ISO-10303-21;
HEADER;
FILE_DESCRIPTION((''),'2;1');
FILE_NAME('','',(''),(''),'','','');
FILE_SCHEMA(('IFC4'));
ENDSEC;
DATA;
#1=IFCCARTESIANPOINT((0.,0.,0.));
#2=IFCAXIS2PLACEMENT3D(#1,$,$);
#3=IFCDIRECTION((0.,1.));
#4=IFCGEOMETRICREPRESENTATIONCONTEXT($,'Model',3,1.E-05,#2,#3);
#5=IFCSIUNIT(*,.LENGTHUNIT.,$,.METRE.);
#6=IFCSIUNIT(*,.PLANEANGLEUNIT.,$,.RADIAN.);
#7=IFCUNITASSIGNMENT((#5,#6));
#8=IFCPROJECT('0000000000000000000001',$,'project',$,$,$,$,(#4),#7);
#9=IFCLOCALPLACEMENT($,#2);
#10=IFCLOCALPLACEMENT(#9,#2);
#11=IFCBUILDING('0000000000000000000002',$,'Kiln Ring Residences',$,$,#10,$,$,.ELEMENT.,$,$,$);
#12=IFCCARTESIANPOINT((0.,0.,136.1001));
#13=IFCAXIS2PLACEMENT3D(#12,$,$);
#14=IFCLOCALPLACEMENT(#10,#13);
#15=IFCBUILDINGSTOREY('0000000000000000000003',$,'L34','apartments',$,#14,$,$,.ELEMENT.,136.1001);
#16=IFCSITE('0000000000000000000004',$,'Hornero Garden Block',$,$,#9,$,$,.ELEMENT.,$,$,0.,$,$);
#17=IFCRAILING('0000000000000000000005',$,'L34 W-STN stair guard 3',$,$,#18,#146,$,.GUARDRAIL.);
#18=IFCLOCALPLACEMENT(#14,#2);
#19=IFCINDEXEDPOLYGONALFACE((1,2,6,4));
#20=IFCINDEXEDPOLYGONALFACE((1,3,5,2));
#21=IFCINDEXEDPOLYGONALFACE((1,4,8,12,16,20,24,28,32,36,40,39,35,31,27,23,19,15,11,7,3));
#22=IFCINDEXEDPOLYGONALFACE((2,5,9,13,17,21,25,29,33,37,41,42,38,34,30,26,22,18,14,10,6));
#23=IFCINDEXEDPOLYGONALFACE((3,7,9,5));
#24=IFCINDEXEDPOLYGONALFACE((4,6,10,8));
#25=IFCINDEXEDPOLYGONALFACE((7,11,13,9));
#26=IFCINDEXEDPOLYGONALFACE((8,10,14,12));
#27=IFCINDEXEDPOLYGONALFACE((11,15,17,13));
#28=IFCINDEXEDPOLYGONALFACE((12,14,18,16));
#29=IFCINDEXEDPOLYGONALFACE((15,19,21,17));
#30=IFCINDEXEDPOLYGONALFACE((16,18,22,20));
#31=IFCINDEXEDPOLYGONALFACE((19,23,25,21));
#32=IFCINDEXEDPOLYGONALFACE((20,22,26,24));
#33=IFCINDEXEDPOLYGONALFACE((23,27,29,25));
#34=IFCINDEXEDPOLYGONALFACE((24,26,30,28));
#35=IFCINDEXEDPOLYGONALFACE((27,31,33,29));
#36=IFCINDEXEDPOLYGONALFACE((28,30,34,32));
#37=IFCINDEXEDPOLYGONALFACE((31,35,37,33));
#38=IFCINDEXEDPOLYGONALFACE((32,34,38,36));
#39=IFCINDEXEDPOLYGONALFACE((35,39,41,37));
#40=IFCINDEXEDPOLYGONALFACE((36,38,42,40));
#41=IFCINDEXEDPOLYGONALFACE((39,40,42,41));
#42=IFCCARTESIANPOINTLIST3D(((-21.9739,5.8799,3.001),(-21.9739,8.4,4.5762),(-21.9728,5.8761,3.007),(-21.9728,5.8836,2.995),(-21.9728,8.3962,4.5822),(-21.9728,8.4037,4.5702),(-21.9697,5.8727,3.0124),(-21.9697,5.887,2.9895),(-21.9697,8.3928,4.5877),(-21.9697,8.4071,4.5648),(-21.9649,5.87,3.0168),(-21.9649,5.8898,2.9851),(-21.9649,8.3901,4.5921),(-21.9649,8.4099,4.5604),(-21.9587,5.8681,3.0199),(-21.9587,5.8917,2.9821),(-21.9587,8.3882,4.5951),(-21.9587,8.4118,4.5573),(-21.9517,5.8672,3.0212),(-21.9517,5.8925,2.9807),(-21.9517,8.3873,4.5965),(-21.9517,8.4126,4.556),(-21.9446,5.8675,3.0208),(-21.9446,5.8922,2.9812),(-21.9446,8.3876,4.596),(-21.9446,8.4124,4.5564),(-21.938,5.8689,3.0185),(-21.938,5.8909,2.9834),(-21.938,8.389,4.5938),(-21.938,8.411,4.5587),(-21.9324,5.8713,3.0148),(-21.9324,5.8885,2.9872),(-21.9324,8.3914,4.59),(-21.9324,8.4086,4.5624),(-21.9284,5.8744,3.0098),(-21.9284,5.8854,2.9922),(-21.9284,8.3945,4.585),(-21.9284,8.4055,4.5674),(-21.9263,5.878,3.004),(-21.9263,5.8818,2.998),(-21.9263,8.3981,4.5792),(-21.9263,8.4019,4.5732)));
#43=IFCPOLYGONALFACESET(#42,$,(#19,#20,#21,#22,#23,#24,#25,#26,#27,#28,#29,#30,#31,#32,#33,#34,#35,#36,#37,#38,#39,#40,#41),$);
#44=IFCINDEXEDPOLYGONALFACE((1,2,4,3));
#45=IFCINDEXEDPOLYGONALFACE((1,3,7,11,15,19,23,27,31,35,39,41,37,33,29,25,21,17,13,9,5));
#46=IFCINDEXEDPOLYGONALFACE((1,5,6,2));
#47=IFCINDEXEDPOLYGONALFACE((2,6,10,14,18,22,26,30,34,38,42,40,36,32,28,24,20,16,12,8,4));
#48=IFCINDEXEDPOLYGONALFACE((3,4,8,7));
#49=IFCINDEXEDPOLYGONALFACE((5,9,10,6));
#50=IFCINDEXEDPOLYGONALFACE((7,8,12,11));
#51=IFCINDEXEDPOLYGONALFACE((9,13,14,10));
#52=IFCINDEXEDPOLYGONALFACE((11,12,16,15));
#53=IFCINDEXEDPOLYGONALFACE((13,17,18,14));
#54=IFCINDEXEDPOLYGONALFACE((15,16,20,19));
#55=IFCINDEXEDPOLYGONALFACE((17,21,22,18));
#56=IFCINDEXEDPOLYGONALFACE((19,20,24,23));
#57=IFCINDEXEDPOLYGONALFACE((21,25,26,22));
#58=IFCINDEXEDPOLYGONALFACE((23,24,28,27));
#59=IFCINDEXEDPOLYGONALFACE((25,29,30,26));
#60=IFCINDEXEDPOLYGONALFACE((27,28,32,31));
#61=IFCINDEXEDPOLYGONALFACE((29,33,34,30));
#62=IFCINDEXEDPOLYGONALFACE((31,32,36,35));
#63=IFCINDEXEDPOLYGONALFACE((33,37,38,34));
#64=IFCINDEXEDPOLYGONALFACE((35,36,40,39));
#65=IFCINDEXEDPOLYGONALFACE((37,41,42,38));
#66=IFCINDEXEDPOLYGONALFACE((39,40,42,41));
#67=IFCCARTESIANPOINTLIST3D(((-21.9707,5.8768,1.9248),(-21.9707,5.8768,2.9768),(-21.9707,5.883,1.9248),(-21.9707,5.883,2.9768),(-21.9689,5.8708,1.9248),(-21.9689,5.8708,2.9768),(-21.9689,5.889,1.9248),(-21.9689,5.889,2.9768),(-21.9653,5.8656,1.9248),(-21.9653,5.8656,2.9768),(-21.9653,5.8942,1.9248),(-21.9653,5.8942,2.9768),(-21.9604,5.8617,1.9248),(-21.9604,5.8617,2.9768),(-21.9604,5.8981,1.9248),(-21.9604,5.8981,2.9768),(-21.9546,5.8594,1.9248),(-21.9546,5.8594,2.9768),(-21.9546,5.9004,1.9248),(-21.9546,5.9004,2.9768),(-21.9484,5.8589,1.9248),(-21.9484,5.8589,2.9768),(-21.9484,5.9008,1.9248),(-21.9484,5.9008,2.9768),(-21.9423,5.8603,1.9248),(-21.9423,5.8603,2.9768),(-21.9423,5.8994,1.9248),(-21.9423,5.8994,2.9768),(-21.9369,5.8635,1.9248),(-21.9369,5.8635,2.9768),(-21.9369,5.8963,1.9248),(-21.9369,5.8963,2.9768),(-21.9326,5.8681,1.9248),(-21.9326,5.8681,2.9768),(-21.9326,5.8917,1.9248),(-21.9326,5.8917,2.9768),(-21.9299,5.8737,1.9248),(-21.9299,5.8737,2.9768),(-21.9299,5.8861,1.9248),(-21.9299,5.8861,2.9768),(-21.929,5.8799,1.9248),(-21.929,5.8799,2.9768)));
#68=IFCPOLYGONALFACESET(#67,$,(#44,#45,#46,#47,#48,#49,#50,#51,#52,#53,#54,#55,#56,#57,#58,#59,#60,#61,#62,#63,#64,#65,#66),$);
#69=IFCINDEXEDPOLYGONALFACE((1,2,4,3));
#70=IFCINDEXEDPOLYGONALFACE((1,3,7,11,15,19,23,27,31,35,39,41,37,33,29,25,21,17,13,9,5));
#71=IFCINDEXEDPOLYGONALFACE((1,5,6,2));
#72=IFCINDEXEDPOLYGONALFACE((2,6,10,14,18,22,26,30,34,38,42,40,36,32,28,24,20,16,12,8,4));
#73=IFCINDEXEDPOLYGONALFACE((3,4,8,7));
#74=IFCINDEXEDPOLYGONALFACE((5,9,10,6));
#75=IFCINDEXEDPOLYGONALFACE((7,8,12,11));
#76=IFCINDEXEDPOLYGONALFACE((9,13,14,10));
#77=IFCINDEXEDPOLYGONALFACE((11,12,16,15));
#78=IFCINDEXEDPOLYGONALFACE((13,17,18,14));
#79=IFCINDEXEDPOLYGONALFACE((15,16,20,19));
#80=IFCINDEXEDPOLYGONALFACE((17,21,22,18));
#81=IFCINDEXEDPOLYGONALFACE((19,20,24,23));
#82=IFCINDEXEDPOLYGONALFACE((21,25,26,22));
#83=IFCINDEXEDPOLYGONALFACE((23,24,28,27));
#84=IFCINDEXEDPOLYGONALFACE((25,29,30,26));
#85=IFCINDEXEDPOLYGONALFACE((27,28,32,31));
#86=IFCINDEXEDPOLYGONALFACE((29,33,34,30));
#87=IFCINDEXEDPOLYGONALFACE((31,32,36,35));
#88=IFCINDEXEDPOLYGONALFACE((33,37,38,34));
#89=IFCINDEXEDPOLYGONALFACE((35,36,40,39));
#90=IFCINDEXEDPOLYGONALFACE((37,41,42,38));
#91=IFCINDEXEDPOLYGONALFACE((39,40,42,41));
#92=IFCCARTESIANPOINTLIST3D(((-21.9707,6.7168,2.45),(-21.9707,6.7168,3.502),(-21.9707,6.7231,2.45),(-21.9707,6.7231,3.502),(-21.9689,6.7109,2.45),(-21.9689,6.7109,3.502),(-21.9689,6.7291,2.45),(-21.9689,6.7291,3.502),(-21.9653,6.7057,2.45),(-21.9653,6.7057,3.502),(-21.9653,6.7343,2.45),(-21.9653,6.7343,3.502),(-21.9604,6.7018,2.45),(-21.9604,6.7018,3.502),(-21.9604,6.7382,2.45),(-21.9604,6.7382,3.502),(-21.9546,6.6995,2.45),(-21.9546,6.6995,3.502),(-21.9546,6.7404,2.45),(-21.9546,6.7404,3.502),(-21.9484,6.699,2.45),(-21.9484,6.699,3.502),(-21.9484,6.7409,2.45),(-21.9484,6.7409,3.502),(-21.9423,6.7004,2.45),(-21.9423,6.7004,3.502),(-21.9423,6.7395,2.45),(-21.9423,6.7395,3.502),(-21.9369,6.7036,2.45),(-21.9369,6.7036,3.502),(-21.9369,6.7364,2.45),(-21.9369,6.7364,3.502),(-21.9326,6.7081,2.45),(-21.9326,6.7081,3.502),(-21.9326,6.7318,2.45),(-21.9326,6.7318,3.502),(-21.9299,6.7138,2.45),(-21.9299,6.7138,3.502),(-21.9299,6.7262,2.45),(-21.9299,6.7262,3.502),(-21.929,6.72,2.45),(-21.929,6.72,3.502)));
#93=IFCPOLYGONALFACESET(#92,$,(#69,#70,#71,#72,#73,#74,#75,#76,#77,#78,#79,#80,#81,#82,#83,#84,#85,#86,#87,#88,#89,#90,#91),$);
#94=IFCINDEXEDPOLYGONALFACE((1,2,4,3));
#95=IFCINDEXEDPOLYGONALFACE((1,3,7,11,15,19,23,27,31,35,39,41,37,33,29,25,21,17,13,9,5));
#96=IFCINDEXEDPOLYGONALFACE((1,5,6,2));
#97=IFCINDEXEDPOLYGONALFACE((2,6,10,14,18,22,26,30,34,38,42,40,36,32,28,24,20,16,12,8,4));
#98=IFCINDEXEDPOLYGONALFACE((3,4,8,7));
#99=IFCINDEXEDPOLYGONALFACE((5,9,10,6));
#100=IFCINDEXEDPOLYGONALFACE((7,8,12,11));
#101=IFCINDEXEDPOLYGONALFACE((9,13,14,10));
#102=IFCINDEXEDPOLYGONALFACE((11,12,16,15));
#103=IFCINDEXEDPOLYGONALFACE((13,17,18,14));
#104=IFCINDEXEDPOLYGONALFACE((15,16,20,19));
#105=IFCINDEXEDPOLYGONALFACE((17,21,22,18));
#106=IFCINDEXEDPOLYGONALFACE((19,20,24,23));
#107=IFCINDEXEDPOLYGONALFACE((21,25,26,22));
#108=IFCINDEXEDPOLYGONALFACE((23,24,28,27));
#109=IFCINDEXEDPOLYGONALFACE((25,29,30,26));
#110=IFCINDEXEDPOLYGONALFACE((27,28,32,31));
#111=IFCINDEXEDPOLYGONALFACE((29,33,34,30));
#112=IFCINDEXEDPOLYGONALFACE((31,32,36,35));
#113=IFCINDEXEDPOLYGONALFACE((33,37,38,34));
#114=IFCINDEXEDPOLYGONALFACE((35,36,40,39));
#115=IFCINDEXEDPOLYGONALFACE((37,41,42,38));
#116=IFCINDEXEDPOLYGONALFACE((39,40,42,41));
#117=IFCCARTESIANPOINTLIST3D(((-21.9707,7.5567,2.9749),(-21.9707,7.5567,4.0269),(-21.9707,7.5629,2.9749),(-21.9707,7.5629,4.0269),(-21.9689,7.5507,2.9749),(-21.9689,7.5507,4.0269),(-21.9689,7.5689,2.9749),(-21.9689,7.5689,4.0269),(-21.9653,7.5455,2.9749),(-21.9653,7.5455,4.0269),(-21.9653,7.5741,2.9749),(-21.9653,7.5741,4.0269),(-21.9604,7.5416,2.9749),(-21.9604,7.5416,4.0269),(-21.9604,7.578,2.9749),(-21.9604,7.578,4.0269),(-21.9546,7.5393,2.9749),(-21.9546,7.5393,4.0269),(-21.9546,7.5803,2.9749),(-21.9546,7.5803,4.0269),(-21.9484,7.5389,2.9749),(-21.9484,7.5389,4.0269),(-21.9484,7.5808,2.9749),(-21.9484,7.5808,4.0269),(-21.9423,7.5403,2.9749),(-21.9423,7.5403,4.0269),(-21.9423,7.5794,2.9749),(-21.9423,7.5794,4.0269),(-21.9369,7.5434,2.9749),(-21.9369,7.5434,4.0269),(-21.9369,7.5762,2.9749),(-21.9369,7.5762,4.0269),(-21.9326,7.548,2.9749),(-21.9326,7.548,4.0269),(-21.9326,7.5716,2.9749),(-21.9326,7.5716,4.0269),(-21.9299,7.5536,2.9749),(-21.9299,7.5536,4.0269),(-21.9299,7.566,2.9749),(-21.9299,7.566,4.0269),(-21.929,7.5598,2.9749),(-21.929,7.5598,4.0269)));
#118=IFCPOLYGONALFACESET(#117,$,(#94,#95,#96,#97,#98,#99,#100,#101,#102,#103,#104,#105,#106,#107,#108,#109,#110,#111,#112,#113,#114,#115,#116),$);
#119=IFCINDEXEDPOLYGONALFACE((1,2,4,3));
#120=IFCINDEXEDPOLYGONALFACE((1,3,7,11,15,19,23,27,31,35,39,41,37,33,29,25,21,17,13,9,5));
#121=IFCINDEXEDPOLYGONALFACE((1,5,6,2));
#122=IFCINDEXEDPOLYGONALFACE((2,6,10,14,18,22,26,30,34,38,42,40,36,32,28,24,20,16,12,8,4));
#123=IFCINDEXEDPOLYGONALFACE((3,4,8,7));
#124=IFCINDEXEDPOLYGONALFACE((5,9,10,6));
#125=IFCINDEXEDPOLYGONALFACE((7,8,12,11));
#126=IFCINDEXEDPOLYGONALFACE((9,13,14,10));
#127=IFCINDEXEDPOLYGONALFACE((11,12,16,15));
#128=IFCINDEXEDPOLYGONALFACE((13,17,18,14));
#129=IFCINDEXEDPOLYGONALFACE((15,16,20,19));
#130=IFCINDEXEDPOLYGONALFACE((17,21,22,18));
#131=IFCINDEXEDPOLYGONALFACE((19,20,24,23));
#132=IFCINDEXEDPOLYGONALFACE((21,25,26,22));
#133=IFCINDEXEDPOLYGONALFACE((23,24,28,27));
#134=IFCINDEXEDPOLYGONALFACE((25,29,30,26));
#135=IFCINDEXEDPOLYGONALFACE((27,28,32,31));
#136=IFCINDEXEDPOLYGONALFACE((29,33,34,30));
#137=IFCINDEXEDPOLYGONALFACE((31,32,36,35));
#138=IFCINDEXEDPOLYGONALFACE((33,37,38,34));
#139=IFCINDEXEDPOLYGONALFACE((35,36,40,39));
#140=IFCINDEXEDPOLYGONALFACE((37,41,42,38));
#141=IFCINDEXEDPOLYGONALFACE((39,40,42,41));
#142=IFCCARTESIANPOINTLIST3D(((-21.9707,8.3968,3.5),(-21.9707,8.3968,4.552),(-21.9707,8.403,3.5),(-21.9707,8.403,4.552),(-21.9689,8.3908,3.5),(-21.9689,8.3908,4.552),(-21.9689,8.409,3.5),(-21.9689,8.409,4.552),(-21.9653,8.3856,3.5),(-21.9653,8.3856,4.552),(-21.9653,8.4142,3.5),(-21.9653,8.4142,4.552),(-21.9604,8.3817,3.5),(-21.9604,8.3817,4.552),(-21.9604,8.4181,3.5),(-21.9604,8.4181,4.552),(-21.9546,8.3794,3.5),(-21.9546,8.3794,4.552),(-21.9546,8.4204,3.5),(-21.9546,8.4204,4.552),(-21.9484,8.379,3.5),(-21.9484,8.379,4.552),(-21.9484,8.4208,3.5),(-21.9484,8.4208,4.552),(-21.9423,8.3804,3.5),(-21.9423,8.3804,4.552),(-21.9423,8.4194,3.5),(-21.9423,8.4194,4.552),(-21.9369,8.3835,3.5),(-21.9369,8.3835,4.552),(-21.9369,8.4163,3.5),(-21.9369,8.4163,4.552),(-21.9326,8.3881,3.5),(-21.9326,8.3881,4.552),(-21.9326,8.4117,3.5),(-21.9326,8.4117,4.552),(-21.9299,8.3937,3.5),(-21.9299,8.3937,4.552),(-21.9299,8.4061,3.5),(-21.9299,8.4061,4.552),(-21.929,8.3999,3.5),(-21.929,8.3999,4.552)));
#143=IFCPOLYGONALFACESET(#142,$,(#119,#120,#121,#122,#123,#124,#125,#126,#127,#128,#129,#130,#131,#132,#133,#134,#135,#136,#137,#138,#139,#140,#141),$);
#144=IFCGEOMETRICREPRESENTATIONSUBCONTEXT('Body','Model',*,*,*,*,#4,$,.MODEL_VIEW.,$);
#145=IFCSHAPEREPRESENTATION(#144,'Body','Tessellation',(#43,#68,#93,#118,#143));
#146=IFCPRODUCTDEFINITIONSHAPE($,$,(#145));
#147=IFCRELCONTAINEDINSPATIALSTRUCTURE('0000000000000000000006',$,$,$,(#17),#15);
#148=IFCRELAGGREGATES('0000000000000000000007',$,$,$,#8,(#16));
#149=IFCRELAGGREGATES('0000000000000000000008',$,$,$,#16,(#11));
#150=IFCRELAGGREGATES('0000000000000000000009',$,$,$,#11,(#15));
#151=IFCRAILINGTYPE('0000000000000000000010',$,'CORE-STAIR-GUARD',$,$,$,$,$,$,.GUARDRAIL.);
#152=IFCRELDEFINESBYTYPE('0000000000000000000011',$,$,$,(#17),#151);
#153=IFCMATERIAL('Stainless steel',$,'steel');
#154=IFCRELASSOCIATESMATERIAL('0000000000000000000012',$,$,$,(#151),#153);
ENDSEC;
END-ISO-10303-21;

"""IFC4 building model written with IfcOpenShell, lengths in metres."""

from ifc_helpers import new_model, si_unit, direction, frame, origin, origin_2d, place, context, subcontext, project, spatial, circle, extrude, material, type_object, element, save


model = new_model("IFC4")

# Units and contexts
model_context = context("Model", 3, precision=1e-05, world=origin(), true_north=direction((0.0, 1.0)))
body_context = subcontext(model_context, "Body", "Model", "MODEL_VIEW")
ifc_project = project(units=[si_unit("LENGTHUNIT", "METRE"), si_unit("PLANEANGLEUNIT", "RADIAN")], contexts=[model_context])

# Site, building, storey
site_placement = place(None, origin())
site = spatial("IfcSite", under=ifc_project, at=site_placement, Name="Hornero Garden Block", CompositionType="ELEMENT", RefElevation=0.0)
building_placement = place(site_placement, origin())
building = spatial("IfcBuilding", under=site, at=building_placement, Name="Kiln Ring Residences", CompositionType="ELEMENT")
storey_placement = place(building_placement, frame((0.0, 0.0, 136.1001)))
storey = spatial("IfcBuildingStorey", under=building, at=storey_placement, Name="L34", Description="apartments", CompositionType="ELEMENT", Elevation=136.1001)

# Railing
ifc_material_1 = material(Name="Stainless steel", Category="steel")
railing_type_1 = type_object("IfcRailingType", Name="CORE-STAIR-GUARD", PredefinedType="GUARDRAIL", material=ifc_material_1)
railing_1_placement = place(storey_placement, frame((-21.95, 5.8799, 1.9248)))
element("IfcRailing", 1, at=railing_1_placement, inside=storey, type_object=railing_type_1, Name="L34 W-STN stair guard 3", PredefinedType="GUARDRAIL", context=body_context, shape_type="SweptSolid", body=[
    extrude(circle(Radius=0.0239, at=origin_2d()), frame((0.0, 0.0, 1.0762), z_axis=(0.0, 0.847971, 0.530043), x_axis=(-1.0, 0.0, 0.0)), (0.0, 0.0, 1.0), 2.9719),
    extrude(circle(Radius=0.021, at=origin_2d()), origin(), (0.0, 0.0, 1.0), 1.052),
    extrude(circle(Radius=0.021, at=origin_2d()), frame((0.0, 0.8401, 0.5251)), (0.0, 0.0, 1.0), 1.052),
    extrude(circle(Radius=0.021, at=origin_2d()), frame((0.0, 1.6799, 1.05)), (0.0, 0.0, 1.0), 1.052),
    extrude(circle(Radius=0.021, at=origin_2d()), frame((0.0, 2.52, 1.5752)), (0.0, 0.0, 1.0), 1.052),
])

save(model, "model.ifc")
